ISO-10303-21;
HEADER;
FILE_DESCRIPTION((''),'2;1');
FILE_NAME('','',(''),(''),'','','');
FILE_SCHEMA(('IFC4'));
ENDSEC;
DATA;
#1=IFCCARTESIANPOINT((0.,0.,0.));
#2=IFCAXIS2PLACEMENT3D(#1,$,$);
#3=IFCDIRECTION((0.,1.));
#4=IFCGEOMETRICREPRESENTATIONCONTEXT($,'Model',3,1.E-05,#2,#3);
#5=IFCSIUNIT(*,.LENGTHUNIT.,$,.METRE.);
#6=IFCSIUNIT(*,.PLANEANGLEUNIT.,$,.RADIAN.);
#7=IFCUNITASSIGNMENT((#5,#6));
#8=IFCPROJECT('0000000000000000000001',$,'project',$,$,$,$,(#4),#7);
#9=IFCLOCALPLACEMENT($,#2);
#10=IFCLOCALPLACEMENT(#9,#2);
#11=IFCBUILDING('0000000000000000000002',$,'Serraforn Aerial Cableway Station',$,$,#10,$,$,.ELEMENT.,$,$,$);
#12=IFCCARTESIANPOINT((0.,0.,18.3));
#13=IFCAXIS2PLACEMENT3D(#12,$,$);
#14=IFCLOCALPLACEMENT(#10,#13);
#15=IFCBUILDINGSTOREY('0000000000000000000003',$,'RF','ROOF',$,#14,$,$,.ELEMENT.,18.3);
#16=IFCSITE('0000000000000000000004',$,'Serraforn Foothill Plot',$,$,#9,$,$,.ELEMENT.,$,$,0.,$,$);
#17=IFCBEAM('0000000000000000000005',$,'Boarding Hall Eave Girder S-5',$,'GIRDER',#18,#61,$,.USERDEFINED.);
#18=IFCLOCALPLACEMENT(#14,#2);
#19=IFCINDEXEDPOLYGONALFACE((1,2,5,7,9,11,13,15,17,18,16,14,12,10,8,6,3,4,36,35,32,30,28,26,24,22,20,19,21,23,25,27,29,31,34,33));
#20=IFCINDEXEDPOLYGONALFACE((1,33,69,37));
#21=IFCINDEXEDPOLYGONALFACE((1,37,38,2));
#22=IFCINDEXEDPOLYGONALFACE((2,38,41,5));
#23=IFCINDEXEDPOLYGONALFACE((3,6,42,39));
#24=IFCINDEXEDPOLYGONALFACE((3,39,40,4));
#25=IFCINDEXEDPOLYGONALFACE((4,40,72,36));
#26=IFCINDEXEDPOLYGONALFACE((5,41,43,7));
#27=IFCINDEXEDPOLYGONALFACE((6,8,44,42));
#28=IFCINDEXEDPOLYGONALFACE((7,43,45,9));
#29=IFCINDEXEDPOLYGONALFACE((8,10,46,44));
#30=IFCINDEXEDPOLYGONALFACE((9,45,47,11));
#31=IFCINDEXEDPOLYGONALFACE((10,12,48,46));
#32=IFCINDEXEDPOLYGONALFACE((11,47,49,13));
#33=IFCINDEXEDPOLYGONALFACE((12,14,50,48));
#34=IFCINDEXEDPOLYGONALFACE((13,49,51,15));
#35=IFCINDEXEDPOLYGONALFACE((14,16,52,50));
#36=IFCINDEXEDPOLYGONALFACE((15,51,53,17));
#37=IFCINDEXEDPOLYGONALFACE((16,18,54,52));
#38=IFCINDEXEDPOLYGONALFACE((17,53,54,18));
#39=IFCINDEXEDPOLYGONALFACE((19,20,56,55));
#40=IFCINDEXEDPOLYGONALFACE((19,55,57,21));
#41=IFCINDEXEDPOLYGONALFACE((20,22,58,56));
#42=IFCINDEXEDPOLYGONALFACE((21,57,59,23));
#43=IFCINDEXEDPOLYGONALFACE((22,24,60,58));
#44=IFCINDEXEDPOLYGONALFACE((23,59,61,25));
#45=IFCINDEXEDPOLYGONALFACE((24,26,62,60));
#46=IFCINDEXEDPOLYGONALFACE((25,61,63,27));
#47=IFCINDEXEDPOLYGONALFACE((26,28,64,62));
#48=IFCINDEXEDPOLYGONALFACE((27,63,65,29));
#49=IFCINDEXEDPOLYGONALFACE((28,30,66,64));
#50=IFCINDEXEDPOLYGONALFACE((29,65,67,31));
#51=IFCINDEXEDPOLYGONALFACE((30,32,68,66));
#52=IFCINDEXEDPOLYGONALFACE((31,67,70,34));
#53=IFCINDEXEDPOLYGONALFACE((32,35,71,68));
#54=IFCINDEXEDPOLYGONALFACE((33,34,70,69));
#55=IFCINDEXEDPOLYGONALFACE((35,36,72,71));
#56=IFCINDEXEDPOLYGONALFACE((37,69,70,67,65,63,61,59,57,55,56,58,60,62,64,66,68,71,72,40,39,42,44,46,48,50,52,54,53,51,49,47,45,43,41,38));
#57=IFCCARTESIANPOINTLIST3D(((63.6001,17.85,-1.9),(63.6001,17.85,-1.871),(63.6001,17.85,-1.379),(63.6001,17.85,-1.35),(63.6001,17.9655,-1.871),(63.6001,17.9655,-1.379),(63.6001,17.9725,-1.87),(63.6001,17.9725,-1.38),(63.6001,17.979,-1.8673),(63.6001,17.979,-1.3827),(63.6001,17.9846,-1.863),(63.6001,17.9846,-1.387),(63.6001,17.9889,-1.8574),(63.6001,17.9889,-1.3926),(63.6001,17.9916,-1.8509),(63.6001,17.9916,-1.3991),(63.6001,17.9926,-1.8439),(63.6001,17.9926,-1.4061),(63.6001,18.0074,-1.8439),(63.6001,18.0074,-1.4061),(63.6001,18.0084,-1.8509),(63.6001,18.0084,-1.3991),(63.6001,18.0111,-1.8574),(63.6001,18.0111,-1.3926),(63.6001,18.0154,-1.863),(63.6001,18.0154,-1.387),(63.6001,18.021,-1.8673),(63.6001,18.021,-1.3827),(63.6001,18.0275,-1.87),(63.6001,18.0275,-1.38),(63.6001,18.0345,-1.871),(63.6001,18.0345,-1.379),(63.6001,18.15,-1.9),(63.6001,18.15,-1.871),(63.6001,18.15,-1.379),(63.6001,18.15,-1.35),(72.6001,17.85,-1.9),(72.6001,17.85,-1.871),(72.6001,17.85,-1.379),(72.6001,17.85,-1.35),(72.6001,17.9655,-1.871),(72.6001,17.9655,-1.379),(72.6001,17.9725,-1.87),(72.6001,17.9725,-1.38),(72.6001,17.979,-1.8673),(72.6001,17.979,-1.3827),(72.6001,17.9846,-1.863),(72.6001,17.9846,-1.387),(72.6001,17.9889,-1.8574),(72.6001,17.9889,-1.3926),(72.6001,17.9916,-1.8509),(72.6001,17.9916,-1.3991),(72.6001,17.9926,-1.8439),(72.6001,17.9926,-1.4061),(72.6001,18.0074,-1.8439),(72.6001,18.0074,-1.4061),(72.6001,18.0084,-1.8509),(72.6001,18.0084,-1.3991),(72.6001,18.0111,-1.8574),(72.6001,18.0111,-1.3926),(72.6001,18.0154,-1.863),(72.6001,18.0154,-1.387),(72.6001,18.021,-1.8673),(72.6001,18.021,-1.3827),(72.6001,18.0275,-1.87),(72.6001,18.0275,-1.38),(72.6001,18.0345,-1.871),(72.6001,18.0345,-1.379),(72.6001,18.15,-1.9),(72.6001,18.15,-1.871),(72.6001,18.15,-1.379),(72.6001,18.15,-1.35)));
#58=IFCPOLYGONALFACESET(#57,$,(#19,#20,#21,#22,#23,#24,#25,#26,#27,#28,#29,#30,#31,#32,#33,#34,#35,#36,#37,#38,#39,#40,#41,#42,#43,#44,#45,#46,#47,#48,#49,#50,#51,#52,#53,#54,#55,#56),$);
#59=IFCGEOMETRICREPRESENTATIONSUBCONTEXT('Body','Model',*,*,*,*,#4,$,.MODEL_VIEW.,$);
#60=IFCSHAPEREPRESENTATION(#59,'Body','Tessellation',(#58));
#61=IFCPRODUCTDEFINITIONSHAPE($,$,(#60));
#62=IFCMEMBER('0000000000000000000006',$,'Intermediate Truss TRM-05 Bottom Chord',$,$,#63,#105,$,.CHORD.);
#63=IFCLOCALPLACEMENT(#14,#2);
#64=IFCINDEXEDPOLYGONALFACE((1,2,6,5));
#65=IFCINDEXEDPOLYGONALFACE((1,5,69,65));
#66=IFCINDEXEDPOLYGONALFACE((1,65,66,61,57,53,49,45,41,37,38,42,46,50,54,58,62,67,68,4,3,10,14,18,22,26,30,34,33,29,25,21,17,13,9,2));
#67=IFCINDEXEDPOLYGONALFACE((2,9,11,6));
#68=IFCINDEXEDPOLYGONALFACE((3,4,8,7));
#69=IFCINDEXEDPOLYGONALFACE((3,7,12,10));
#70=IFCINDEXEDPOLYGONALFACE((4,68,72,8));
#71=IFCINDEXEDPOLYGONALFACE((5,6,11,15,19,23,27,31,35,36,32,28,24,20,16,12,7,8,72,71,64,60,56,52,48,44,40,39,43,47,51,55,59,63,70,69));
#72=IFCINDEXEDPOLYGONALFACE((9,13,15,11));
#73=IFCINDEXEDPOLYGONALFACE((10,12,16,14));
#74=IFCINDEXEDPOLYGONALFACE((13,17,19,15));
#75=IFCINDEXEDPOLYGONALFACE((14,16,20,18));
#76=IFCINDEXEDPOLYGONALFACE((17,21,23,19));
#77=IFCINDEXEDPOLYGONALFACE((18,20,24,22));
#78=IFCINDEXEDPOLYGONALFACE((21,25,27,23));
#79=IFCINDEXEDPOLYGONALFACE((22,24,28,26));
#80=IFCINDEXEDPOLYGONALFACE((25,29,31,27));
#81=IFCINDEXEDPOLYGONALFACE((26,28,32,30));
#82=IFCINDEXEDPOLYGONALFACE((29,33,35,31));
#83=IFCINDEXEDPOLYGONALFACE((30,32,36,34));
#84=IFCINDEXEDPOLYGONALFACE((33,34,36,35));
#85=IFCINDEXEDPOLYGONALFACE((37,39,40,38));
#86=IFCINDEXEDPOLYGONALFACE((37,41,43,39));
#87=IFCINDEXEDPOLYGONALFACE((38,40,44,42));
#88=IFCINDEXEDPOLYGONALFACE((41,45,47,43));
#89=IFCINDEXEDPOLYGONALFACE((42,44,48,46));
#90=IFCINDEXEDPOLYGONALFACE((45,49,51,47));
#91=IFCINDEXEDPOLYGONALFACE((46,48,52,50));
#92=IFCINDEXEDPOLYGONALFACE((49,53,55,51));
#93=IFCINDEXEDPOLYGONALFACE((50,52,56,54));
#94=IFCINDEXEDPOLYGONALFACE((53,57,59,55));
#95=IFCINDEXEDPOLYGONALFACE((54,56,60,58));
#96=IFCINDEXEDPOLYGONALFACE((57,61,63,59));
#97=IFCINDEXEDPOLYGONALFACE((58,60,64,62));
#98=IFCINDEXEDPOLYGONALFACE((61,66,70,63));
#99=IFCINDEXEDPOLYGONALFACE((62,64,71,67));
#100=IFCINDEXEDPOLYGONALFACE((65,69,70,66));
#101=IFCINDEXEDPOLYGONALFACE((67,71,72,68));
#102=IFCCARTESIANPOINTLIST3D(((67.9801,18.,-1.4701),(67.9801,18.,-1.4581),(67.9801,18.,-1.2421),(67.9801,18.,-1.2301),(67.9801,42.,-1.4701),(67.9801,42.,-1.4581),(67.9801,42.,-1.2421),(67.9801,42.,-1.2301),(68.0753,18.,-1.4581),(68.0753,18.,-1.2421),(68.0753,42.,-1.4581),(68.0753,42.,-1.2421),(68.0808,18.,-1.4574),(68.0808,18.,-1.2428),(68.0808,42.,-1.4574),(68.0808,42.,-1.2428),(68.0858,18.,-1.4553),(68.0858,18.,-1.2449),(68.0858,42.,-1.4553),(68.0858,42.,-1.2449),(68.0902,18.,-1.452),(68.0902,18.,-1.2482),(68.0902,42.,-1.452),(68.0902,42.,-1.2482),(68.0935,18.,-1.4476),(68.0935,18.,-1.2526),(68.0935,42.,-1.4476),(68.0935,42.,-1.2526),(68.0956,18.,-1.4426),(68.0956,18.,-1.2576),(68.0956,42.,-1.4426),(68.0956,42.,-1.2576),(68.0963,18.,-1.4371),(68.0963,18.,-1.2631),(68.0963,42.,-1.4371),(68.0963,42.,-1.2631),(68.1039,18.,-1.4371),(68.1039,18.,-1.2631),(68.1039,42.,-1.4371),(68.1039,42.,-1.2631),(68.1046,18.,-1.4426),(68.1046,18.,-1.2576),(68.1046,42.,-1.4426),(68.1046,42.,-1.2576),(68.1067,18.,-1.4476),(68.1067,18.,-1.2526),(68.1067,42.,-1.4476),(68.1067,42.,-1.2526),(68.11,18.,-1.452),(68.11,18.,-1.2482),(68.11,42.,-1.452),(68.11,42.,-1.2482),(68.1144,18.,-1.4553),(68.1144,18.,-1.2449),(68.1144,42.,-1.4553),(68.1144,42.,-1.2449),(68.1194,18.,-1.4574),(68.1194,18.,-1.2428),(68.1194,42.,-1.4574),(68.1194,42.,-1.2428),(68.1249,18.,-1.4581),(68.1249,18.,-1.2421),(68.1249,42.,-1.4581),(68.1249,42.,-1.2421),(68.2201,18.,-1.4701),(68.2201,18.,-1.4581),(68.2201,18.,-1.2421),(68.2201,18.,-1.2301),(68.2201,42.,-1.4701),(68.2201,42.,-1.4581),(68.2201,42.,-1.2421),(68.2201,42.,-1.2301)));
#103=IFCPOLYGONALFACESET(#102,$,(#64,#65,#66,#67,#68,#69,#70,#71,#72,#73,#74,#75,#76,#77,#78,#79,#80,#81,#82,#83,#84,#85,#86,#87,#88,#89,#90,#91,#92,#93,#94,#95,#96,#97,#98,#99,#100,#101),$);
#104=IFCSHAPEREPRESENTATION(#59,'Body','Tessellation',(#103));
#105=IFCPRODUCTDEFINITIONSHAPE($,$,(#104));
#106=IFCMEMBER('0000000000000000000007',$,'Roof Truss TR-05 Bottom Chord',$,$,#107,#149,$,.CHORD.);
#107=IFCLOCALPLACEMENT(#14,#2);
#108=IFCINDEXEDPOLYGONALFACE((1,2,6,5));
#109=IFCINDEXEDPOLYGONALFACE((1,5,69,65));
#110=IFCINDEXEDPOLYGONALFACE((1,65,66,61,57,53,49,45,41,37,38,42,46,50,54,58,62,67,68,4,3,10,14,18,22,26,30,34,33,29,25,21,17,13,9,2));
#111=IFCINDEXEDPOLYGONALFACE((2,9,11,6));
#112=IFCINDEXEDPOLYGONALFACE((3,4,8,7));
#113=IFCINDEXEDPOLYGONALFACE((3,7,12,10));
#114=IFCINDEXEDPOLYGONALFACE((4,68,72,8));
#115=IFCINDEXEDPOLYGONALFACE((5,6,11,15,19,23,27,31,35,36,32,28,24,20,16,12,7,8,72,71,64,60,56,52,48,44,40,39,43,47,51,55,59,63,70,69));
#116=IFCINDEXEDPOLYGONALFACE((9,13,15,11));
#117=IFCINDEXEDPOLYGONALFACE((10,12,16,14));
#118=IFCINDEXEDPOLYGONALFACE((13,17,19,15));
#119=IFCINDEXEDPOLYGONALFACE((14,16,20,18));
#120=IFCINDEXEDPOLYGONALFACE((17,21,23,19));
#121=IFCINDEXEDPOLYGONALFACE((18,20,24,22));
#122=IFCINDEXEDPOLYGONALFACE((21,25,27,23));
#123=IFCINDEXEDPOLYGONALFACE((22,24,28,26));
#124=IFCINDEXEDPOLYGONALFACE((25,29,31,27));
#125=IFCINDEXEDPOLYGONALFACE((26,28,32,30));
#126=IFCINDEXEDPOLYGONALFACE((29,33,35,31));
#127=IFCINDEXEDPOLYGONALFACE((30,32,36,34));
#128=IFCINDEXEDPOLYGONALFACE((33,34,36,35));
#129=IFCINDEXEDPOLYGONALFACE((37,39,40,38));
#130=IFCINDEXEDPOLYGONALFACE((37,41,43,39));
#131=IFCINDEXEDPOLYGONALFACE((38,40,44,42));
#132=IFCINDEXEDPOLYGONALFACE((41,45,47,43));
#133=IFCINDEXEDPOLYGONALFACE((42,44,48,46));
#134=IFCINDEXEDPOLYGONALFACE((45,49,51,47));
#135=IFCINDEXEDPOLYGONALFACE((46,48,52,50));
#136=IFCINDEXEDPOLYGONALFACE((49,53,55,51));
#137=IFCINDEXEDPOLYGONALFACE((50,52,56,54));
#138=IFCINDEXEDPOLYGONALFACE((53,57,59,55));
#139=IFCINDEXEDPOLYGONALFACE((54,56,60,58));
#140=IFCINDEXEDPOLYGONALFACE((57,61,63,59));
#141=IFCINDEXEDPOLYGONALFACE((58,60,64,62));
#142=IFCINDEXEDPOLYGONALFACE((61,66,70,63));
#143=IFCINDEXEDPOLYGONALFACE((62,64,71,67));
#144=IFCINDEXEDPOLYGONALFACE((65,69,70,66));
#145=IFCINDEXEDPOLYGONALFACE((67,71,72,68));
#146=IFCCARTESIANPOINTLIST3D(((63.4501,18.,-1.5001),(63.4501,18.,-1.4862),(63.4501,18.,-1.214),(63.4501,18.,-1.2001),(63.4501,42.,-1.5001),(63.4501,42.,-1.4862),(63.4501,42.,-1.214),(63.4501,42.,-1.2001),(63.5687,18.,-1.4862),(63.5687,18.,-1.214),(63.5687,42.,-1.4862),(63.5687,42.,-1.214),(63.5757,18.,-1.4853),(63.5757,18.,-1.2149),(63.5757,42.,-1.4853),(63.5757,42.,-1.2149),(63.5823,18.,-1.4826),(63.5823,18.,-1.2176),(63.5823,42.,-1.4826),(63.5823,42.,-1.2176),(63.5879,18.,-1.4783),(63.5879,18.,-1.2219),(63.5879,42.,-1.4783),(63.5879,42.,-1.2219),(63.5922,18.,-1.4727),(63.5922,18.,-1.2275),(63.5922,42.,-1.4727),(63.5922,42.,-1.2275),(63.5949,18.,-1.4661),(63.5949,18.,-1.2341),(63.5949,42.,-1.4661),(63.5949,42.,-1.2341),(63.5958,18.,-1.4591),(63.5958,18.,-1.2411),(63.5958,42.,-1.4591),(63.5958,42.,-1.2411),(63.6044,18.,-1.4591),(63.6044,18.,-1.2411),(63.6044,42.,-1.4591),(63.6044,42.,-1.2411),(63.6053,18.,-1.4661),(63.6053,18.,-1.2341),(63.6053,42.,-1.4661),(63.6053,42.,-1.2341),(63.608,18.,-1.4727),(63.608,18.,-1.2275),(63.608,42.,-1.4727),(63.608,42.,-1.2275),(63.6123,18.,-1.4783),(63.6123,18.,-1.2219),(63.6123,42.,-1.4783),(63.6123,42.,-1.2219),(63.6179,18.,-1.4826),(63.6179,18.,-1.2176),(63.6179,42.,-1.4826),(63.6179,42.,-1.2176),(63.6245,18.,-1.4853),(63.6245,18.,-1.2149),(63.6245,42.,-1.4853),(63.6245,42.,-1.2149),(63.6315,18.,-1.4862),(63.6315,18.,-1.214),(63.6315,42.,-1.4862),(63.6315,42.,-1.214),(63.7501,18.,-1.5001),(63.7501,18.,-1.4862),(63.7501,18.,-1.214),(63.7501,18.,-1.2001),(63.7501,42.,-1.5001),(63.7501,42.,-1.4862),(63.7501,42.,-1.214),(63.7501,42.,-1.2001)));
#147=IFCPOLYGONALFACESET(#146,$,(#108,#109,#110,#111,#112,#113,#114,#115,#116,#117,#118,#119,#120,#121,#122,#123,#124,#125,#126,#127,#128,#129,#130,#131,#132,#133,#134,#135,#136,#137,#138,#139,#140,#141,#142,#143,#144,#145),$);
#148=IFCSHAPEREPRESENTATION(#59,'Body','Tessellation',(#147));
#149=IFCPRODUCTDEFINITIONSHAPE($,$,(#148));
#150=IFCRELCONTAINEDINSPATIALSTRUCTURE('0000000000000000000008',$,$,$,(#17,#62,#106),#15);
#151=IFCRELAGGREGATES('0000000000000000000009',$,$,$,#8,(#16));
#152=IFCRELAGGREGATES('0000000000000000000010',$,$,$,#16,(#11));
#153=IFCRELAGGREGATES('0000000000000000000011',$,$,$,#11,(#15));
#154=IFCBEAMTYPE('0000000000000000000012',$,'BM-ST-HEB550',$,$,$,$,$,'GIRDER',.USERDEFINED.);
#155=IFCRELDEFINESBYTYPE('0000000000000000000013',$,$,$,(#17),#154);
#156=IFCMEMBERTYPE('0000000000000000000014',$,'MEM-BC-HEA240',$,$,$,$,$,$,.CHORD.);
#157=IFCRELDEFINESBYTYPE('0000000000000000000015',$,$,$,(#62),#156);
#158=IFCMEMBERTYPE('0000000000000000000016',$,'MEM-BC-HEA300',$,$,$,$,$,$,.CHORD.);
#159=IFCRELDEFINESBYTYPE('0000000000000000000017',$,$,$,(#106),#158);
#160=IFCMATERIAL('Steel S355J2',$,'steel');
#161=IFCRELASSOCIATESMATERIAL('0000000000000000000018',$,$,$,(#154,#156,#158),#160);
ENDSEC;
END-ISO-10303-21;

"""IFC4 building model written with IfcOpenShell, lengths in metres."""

from ifc_helpers import new_model, si_unit, direction, frame, origin, origin_2d, place, context, subcontext, project, spatial, i_section, extrude, material, material_profile, profile_set, type_object, element, save


model = new_model("IFC4")

# Units and contexts
model_context = context("Model", 3, precision=1e-05, world=origin(), true_north=direction((0.0, 1.0)))
body_context = subcontext(model_context, "Body", "Model", "MODEL_VIEW")
ifc_project = project(units=[si_unit("LENGTHUNIT", "METRE"), si_unit("PLANEANGLEUNIT", "RADIAN")], contexts=[model_context])

# Site, building, storey
site_placement = place(None, origin())
site = spatial("IfcSite", under=ifc_project, at=site_placement, Name="Serraforn Foothill Plot", CompositionType="ELEMENT", RefElevation=0.0)
building_placement = place(site_placement, origin())
building = spatial("IfcBuilding", under=site, at=building_placement, Name="Serraforn Aerial Cableway Station", CompositionType="ELEMENT")
storey_placement = place(building_placement, frame((0.0, 0.0, 18.3)))
storey = spatial("IfcBuildingStorey", under=building, at=storey_placement, Name="RF", Description="ROOF", CompositionType="ELEMENT", Elevation=18.3)

# Beam
ifc_material_1 = material(Name="Steel S355J2", Category="steel")
ifc_material_profile_1 = material_profile(ifc_material_1, i_section(OverallWidth=0.3, OverallDepth=0.55, WebThickness=0.0149, FlangeThickness=0.0291, FilletRadius=0.0271, at=origin_2d()), Name="HEB 550")
ifc_profile_set_1 = profile_set([ifc_material_profile_1], Name="Steel S355J2")
beam_type = type_object("IfcBeamType", Name="BM-ST-HEB550", ElementType="GIRDER", PredefinedType="USERDEFINED", material=ifc_profile_set_1)
beam_placement = place(storey_placement, frame((63.6001, 18.0, -1.625), z_axis=(1.0, 0.0, 0.0), x_axis=(0.0, 1.0, 0.0)))
element("IfcBeam", 1, at=beam_placement, inside=storey, type_object=beam_type, Name="Boarding Hall Eave Girder S-5", ObjectType="GIRDER", PredefinedType="USERDEFINED", context=body_context, shape_type="SweptSolid", body=[
    extrude(i_section(OverallWidth=0.3, OverallDepth=0.55, WebThickness=0.0149, FlangeThickness=0.0291, FilletRadius=0.0271, at=origin_2d()), origin(), (0.0, 0.0, 1.0), 9.0),
])

# Members
ifc_material_profile_2 = material_profile(ifc_material_1, i_section(OverallWidth=0.24, OverallDepth=0.24, WebThickness=0.0076, FlangeThickness=0.012, FilletRadius=0.021, at=origin_2d()), Name="HEA 240")
ifc_profile_set_2 = profile_set([ifc_material_profile_2], Name="Steel S355J2")
member_type_1 = type_object("IfcMemberType", Name="MEM-BC-HEA240", PredefinedType="CHORD", material=ifc_profile_set_2)
member_1_placement = place(storey_placement, frame((68.1001, 18.0, -1.3501), z_axis=(0.0, 1.0, 0.0), x_axis=(-1.0, 0.0, 0.0)))
element("IfcMember", 2, at=member_1_placement, inside=storey, type_object=member_type_1, Name="Intermediate Truss TRM-05 Bottom Chord", PredefinedType="CHORD", context=body_context, shape_type="SweptSolid", body=[
    extrude(i_section(OverallWidth=0.24, OverallDepth=0.24, WebThickness=0.0076, FlangeThickness=0.012, FilletRadius=0.021, at=origin_2d()), origin(), (0.0, 0.0, 1.0), 24.0),
])
ifc_material_profile_3 = material_profile(ifc_material_1, i_section(OverallWidth=0.3, OverallDepth=0.3, WebThickness=0.0085, FlangeThickness=0.0139, FilletRadius=0.0271, at=origin_2d()), Name="HEA 300")
ifc_profile_set_3 = profile_set([ifc_material_profile_3], Name="Steel S355J2")
member_type_2 = type_object("IfcMemberType", Name="MEM-BC-HEA300", PredefinedType="CHORD", material=ifc_profile_set_3)
member_2_placement = place(storey_placement, frame((63.6001, 18.0, -1.3501), z_axis=(0.0, 1.0, 0.0), x_axis=(-1.0, 0.0, 0.0)))
element("IfcMember", 3, at=member_2_placement, inside=storey, type_object=member_type_2, Name="Roof Truss TR-05 Bottom Chord", PredefinedType="CHORD", context=body_context, shape_type="SweptSolid", body=[
    extrude(i_section(OverallWidth=0.3, OverallDepth=0.3, WebThickness=0.0085, FlangeThickness=0.0139, FilletRadius=0.0271, at=origin_2d()), origin(), (0.0, 0.0, 1.0), 24.0),
])

save(model, "model.ifc")
